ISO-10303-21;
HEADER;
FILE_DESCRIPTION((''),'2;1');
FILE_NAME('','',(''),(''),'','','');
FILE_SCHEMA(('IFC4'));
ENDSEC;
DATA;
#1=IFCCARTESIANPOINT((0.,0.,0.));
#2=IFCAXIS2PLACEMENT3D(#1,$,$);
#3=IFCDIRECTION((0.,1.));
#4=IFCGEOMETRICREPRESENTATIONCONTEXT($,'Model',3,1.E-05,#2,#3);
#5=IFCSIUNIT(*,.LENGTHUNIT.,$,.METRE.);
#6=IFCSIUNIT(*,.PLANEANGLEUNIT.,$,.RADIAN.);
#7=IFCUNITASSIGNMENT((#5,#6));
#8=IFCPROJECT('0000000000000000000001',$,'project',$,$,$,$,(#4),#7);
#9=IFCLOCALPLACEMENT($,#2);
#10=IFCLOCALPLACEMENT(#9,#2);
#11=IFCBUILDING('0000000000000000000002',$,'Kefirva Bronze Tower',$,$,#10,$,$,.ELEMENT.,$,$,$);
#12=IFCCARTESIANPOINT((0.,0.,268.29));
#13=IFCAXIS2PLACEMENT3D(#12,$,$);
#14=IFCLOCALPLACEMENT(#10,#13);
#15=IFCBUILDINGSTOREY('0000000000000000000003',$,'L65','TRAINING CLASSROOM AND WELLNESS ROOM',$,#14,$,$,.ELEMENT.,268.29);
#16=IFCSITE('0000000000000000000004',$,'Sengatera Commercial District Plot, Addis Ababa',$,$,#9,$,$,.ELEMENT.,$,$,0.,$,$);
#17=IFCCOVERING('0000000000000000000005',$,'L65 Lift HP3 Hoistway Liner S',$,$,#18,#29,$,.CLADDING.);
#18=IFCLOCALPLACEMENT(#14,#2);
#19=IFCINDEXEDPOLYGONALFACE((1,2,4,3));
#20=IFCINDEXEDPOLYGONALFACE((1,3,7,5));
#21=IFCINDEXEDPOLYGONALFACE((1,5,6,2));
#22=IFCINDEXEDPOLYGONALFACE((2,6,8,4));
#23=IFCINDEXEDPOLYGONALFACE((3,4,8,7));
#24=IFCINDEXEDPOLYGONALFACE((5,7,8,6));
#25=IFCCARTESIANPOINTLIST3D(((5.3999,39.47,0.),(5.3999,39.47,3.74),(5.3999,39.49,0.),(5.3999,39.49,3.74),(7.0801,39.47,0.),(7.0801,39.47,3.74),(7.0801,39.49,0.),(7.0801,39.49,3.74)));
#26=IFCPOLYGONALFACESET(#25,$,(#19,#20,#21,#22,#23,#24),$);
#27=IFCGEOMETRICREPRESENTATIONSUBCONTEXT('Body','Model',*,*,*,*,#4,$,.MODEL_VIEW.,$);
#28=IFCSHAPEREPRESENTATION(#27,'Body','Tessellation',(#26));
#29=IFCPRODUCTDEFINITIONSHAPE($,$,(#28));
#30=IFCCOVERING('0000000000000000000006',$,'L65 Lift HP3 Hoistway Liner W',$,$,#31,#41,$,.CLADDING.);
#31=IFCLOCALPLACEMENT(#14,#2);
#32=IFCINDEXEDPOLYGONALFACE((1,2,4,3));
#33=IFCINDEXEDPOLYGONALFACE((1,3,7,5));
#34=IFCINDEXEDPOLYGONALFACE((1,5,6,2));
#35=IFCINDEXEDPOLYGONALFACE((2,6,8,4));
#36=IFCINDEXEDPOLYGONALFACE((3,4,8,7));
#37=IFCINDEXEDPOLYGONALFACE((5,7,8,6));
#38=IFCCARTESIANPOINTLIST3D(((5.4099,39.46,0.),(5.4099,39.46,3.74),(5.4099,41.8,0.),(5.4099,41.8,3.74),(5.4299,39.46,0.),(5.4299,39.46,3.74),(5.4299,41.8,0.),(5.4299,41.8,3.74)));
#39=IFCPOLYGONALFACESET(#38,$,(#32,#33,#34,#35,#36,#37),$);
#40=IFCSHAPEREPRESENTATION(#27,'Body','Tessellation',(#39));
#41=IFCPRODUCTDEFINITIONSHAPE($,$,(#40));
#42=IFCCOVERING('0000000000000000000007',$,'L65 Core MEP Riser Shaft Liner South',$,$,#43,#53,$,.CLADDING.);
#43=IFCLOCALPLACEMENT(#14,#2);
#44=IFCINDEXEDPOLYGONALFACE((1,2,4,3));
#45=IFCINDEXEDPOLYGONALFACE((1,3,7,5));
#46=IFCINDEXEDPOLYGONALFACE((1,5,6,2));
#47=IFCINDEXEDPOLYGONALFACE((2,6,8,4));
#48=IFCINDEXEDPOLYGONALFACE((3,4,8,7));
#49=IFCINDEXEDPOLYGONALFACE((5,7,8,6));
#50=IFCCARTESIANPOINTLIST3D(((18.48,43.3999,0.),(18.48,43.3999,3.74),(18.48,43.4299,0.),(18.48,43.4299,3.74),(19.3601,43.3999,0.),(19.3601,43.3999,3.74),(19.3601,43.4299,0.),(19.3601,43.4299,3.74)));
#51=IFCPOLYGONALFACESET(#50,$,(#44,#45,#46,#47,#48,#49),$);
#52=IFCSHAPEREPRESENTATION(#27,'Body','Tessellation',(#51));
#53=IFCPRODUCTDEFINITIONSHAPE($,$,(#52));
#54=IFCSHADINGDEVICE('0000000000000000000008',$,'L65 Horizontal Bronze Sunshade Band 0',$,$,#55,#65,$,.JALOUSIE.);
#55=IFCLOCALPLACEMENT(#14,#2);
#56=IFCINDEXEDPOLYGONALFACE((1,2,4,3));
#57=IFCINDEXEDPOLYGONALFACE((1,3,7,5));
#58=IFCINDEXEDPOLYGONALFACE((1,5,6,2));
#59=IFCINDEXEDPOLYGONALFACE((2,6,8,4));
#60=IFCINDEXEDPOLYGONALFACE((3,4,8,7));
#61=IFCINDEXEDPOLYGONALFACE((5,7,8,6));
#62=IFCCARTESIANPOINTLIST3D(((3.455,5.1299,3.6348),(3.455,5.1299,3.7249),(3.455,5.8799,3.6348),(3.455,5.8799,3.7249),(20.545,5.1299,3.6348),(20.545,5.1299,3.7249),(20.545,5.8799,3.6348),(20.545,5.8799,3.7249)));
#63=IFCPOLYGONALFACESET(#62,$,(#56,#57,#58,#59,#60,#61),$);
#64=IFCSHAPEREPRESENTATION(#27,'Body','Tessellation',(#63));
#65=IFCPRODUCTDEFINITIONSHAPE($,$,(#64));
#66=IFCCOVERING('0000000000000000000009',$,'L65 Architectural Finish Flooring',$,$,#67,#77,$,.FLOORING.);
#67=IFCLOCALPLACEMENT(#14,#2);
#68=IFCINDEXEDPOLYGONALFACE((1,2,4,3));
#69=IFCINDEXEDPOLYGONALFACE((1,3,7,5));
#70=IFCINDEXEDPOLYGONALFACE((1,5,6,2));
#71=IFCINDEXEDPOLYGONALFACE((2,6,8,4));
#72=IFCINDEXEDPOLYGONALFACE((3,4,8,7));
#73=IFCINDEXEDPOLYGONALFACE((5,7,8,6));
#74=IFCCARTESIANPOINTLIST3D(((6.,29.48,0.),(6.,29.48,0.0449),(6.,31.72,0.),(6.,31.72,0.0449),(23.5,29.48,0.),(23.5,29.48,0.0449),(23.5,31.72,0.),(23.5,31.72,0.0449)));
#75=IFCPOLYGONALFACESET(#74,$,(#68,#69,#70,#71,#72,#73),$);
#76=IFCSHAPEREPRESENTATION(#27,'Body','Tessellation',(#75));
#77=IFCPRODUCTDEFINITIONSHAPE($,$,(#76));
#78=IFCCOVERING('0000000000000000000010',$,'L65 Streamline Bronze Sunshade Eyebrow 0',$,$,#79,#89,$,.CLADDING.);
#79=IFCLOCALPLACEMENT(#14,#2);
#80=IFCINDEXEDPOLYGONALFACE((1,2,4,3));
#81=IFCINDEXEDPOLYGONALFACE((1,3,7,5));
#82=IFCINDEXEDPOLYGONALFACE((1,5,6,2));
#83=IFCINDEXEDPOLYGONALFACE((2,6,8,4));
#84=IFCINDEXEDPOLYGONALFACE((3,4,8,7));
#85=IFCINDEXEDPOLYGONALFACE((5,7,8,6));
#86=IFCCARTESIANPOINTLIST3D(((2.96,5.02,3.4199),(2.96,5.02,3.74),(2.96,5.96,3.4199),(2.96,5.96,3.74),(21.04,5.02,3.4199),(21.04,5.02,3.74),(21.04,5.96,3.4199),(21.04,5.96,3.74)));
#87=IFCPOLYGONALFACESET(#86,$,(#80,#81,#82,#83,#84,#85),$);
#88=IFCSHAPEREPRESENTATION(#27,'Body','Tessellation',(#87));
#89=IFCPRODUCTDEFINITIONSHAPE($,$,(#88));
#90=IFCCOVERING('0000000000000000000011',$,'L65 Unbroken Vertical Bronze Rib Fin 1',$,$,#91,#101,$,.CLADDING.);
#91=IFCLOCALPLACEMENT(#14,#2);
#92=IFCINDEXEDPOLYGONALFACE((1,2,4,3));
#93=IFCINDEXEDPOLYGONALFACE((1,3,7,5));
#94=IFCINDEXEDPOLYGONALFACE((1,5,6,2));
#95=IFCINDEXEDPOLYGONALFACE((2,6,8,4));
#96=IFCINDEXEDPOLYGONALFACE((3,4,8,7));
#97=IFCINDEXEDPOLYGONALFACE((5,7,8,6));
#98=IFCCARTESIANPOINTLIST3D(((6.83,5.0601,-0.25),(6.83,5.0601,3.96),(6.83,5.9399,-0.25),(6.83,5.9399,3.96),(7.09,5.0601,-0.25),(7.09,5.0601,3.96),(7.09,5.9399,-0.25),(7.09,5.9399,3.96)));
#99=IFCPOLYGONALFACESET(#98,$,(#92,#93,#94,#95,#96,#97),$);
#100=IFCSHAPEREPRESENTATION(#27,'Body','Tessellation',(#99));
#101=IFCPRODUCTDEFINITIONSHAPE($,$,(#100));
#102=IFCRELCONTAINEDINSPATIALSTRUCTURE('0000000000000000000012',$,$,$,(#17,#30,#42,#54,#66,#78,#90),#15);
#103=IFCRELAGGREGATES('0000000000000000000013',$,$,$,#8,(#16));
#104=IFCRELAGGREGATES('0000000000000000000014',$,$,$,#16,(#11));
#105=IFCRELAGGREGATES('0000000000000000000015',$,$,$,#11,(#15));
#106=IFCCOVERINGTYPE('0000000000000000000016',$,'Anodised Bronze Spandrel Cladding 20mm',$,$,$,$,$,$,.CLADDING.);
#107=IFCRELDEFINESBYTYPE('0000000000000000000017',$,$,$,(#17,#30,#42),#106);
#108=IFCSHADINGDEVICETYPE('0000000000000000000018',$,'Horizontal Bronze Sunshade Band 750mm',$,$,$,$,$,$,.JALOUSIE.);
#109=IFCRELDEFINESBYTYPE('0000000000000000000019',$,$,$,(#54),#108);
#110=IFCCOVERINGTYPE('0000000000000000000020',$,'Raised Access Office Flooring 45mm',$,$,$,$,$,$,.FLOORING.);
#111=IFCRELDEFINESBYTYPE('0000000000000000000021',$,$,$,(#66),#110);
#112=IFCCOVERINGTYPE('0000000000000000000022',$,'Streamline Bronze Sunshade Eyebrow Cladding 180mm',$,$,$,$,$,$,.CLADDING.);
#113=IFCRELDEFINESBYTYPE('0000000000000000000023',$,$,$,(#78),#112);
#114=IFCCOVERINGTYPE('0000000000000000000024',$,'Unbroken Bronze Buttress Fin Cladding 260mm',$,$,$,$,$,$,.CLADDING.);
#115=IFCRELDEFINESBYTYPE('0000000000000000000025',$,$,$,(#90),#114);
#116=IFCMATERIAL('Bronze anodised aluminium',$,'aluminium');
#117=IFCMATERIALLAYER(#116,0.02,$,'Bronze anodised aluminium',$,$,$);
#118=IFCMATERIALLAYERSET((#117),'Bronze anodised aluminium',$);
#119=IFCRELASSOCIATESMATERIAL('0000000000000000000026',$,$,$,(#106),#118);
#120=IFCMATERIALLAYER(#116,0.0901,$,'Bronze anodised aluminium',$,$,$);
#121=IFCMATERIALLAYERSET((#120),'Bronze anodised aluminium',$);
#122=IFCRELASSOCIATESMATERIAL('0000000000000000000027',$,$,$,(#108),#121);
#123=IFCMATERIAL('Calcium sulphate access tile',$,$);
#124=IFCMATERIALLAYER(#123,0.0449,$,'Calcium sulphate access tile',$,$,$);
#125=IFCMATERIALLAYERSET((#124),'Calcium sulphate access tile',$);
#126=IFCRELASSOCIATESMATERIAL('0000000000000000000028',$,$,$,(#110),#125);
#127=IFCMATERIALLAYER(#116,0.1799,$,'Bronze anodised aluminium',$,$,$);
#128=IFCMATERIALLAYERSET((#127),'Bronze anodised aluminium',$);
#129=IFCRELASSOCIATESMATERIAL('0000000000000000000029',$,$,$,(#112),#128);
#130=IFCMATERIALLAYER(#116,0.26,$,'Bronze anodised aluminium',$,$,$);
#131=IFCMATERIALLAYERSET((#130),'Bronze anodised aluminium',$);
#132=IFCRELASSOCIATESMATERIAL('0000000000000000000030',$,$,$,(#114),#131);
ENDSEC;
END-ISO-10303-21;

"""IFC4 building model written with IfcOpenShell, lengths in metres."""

from ifc_helpers import new_model, si_unit, direction, frame, origin, origin_2d, place, context, subcontext, project, spatial, polyline, rectangle, outline, extrude, material, layer, layer_set, type_object, element, save


model = new_model("IFC4")

# Units and contexts
model_context = context("Model", 3, precision=1e-05, world=origin(), true_north=direction((0.0, 1.0)))
body_context = subcontext(model_context, "Body", "Model", "MODEL_VIEW")
ifc_project = project(units=[si_unit("LENGTHUNIT", "METRE"), si_unit("PLANEANGLEUNIT", "RADIAN")], contexts=[model_context])

# Site, building, storey
site_placement = place(None, origin())
site = spatial("IfcSite", under=ifc_project, at=site_placement, Name="Sengatera Commercial District Plot, Addis Ababa", CompositionType="ELEMENT", RefElevation=0.0)
building_placement = place(site_placement, origin())
building = spatial("IfcBuilding", under=site, at=building_placement, Name="Kefirva Bronze Tower", CompositionType="ELEMENT")
storey_placement = place(building_placement, frame((0.0, 0.0, 268.29)))
storey = spatial("IfcBuildingStorey", under=building, at=storey_placement, Name="L65", Description="TRAINING CLASSROOM AND WELLNESS ROOM", CompositionType="ELEMENT", Elevation=268.29)

# Shared definitions
ifc_material_1 = material(Name="Bronze anodised aluminium", Category="aluminium")

# Coverings
ifc_layer_1 = layer(ifc_material_1, 0.02, Name="Bronze anodised aluminium")
ifc_layer_set_1 = layer_set([ifc_layer_1], Name="Bronze anodised aluminium")
covering_type_1 = type_object("IfcCoveringType", Name="Anodised Bronze Spandrel Cladding 20mm", PredefinedType="CLADDING", material=ifc_layer_set_1)
covering_1_placement = place(storey_placement, origin())
element("IfcCovering", 1, at=covering_1_placement, inside=storey, type_object=covering_type_1, Name="L65 Lift HP3 Hoistway Liner S", PredefinedType="CLADDING", context=body_context, shape_type="SweptSolid", body=[
    extrude(outline(polyline([(5.3999, 39.47), (7.0801, 39.47), (7.0801, 39.49), (5.3999, 39.49), (5.3999, 39.47)])), origin(), (0.0, 0.0, 1.0), 3.74),
])
covering_2_placement = place(storey_placement, origin())
element("IfcCovering", 2, at=covering_2_placement, inside=storey, type_object=covering_type_1, Name="L65 Lift HP3 Hoistway Liner W", PredefinedType="CLADDING", context=body_context, shape_type="SweptSolid", body=[
    extrude(outline(polyline([(5.4099, 39.46), (5.4299, 39.46), (5.4299, 41.8), (5.4099, 41.8), (5.4099, 39.46)])), origin(), (0.0, 0.0, 1.0), 3.74),
])
covering_3_placement = place(storey_placement, origin())
element("IfcCovering", 3, at=covering_3_placement, inside=storey, type_object=covering_type_1, Name="L65 Core MEP Riser Shaft Liner South", PredefinedType="CLADDING", context=body_context, shape_type="SweptSolid", body=[
    extrude(outline(polyline([(18.48, 43.3999), (19.3601, 43.3999), (19.3601, 43.4299), (18.48, 43.4299), (18.48, 43.3999)])), origin(), (0.0, 0.0, 1.0), 3.74),
])

# Shading device
ifc_layer_2 = layer(ifc_material_1, 0.0901, Name="Bronze anodised aluminium")
ifc_layer_set_2 = layer_set([ifc_layer_2], Name="Bronze anodised aluminium")
shading_device_type = type_object("IfcShadingDeviceType", Name="Horizontal Bronze Sunshade Band 750mm", PredefinedType="JALOUSIE", material=ifc_layer_set_2)
shading_device_placement = place(storey_placement, frame((12.0, 5.5049, 3.6348), z_axis=(0.0, 0.0, 1.0), x_axis=(1.0, 0.0, 0.0)))
element("IfcShadingDevice", 4, at=shading_device_placement, inside=storey, type_object=shading_device_type, Name="L65 Horizontal Bronze Sunshade Band 0", PredefinedType="JALOUSIE", context=body_context, shape_type="SweptSolid", body=[
    extrude(rectangle(XDim=17.0901, YDim=0.75, at=origin_2d()), origin(), (0.0, 0.0, 1.0), 0.0901),
])

# Coverings
ifc_material_2 = material(Name="Calcium sulphate access tile")
ifc_layer_3 = layer(ifc_material_2, 0.0449, Name="Calcium sulphate access tile")
ifc_layer_set_3 = layer_set([ifc_layer_3], Name="Calcium sulphate access tile")
covering_type_2 = type_object("IfcCoveringType", Name="Raised Access Office Flooring 45mm", PredefinedType="FLOORING", material=ifc_layer_set_3)
covering_4_placement = place(storey_placement, origin())
element("IfcCovering", 5, at=covering_4_placement, inside=storey, type_object=covering_type_2, Name="L65 Architectural Finish Flooring", PredefinedType="FLOORING", context=body_context, shape_type="SweptSolid", body=[
    extrude(outline(polyline([(6.0, 29.48), (23.5, 29.48), (23.5, 31.72), (6.0, 31.72), (6.0, 29.48)])), origin(), (0.0, 0.0, 1.0), 0.0449),
])
ifc_layer_4 = layer(ifc_material_1, 0.1799, Name="Bronze anodised aluminium")
ifc_layer_set_4 = layer_set([ifc_layer_4], Name="Bronze anodised aluminium")
covering_type_3 = type_object("IfcCoveringType", Name="Streamline Bronze Sunshade Eyebrow Cladding 180mm", PredefinedType="CLADDING", material=ifc_layer_set_4)
covering_5_placement = place(storey_placement, frame((12.0, 5.49, 3.4199), z_axis=(0.0, 0.0, 1.0), x_axis=(1.0, 0.0, 0.0)))
element("IfcCovering", 6, at=covering_5_placement, inside=storey, type_object=covering_type_3, Name="L65 Streamline Bronze Sunshade Eyebrow 0", PredefinedType="CLADDING", context=body_context, shape_type="SweptSolid", body=[
    extrude(rectangle(XDim=18.0801, YDim=0.9399, at=origin_2d()), origin(), (0.0, 0.0, 1.0), 0.3201),
])
ifc_layer_5 = layer(ifc_material_1, 0.26, Name="Bronze anodised aluminium")
ifc_layer_set_5 = layer_set([ifc_layer_5], Name="Bronze anodised aluminium")
covering_type_4 = type_object("IfcCoveringType", Name="Unbroken Bronze Buttress Fin Cladding 260mm", PredefinedType="CLADDING", material=ifc_layer_set_5)
covering_6_placement = place(storey_placement, frame((6.96, 5.5, -0.25), z_axis=(0.0, 0.0, 1.0), x_axis=(1.0, 0.0, 0.0)))
element("IfcCovering", 7, at=covering_6_placement, inside=storey, type_object=covering_type_4, Name="L65 Unbroken Vertical Bronze Rib Fin 1", PredefinedType="CLADDING", context=body_context, shape_type="SweptSolid", body=[
    extrude(rectangle(XDim=0.26, YDim=0.8799, at=origin_2d()), origin(), (0.0, 0.0, 1.0), 4.21),
])

save(model, "model.ifc")
